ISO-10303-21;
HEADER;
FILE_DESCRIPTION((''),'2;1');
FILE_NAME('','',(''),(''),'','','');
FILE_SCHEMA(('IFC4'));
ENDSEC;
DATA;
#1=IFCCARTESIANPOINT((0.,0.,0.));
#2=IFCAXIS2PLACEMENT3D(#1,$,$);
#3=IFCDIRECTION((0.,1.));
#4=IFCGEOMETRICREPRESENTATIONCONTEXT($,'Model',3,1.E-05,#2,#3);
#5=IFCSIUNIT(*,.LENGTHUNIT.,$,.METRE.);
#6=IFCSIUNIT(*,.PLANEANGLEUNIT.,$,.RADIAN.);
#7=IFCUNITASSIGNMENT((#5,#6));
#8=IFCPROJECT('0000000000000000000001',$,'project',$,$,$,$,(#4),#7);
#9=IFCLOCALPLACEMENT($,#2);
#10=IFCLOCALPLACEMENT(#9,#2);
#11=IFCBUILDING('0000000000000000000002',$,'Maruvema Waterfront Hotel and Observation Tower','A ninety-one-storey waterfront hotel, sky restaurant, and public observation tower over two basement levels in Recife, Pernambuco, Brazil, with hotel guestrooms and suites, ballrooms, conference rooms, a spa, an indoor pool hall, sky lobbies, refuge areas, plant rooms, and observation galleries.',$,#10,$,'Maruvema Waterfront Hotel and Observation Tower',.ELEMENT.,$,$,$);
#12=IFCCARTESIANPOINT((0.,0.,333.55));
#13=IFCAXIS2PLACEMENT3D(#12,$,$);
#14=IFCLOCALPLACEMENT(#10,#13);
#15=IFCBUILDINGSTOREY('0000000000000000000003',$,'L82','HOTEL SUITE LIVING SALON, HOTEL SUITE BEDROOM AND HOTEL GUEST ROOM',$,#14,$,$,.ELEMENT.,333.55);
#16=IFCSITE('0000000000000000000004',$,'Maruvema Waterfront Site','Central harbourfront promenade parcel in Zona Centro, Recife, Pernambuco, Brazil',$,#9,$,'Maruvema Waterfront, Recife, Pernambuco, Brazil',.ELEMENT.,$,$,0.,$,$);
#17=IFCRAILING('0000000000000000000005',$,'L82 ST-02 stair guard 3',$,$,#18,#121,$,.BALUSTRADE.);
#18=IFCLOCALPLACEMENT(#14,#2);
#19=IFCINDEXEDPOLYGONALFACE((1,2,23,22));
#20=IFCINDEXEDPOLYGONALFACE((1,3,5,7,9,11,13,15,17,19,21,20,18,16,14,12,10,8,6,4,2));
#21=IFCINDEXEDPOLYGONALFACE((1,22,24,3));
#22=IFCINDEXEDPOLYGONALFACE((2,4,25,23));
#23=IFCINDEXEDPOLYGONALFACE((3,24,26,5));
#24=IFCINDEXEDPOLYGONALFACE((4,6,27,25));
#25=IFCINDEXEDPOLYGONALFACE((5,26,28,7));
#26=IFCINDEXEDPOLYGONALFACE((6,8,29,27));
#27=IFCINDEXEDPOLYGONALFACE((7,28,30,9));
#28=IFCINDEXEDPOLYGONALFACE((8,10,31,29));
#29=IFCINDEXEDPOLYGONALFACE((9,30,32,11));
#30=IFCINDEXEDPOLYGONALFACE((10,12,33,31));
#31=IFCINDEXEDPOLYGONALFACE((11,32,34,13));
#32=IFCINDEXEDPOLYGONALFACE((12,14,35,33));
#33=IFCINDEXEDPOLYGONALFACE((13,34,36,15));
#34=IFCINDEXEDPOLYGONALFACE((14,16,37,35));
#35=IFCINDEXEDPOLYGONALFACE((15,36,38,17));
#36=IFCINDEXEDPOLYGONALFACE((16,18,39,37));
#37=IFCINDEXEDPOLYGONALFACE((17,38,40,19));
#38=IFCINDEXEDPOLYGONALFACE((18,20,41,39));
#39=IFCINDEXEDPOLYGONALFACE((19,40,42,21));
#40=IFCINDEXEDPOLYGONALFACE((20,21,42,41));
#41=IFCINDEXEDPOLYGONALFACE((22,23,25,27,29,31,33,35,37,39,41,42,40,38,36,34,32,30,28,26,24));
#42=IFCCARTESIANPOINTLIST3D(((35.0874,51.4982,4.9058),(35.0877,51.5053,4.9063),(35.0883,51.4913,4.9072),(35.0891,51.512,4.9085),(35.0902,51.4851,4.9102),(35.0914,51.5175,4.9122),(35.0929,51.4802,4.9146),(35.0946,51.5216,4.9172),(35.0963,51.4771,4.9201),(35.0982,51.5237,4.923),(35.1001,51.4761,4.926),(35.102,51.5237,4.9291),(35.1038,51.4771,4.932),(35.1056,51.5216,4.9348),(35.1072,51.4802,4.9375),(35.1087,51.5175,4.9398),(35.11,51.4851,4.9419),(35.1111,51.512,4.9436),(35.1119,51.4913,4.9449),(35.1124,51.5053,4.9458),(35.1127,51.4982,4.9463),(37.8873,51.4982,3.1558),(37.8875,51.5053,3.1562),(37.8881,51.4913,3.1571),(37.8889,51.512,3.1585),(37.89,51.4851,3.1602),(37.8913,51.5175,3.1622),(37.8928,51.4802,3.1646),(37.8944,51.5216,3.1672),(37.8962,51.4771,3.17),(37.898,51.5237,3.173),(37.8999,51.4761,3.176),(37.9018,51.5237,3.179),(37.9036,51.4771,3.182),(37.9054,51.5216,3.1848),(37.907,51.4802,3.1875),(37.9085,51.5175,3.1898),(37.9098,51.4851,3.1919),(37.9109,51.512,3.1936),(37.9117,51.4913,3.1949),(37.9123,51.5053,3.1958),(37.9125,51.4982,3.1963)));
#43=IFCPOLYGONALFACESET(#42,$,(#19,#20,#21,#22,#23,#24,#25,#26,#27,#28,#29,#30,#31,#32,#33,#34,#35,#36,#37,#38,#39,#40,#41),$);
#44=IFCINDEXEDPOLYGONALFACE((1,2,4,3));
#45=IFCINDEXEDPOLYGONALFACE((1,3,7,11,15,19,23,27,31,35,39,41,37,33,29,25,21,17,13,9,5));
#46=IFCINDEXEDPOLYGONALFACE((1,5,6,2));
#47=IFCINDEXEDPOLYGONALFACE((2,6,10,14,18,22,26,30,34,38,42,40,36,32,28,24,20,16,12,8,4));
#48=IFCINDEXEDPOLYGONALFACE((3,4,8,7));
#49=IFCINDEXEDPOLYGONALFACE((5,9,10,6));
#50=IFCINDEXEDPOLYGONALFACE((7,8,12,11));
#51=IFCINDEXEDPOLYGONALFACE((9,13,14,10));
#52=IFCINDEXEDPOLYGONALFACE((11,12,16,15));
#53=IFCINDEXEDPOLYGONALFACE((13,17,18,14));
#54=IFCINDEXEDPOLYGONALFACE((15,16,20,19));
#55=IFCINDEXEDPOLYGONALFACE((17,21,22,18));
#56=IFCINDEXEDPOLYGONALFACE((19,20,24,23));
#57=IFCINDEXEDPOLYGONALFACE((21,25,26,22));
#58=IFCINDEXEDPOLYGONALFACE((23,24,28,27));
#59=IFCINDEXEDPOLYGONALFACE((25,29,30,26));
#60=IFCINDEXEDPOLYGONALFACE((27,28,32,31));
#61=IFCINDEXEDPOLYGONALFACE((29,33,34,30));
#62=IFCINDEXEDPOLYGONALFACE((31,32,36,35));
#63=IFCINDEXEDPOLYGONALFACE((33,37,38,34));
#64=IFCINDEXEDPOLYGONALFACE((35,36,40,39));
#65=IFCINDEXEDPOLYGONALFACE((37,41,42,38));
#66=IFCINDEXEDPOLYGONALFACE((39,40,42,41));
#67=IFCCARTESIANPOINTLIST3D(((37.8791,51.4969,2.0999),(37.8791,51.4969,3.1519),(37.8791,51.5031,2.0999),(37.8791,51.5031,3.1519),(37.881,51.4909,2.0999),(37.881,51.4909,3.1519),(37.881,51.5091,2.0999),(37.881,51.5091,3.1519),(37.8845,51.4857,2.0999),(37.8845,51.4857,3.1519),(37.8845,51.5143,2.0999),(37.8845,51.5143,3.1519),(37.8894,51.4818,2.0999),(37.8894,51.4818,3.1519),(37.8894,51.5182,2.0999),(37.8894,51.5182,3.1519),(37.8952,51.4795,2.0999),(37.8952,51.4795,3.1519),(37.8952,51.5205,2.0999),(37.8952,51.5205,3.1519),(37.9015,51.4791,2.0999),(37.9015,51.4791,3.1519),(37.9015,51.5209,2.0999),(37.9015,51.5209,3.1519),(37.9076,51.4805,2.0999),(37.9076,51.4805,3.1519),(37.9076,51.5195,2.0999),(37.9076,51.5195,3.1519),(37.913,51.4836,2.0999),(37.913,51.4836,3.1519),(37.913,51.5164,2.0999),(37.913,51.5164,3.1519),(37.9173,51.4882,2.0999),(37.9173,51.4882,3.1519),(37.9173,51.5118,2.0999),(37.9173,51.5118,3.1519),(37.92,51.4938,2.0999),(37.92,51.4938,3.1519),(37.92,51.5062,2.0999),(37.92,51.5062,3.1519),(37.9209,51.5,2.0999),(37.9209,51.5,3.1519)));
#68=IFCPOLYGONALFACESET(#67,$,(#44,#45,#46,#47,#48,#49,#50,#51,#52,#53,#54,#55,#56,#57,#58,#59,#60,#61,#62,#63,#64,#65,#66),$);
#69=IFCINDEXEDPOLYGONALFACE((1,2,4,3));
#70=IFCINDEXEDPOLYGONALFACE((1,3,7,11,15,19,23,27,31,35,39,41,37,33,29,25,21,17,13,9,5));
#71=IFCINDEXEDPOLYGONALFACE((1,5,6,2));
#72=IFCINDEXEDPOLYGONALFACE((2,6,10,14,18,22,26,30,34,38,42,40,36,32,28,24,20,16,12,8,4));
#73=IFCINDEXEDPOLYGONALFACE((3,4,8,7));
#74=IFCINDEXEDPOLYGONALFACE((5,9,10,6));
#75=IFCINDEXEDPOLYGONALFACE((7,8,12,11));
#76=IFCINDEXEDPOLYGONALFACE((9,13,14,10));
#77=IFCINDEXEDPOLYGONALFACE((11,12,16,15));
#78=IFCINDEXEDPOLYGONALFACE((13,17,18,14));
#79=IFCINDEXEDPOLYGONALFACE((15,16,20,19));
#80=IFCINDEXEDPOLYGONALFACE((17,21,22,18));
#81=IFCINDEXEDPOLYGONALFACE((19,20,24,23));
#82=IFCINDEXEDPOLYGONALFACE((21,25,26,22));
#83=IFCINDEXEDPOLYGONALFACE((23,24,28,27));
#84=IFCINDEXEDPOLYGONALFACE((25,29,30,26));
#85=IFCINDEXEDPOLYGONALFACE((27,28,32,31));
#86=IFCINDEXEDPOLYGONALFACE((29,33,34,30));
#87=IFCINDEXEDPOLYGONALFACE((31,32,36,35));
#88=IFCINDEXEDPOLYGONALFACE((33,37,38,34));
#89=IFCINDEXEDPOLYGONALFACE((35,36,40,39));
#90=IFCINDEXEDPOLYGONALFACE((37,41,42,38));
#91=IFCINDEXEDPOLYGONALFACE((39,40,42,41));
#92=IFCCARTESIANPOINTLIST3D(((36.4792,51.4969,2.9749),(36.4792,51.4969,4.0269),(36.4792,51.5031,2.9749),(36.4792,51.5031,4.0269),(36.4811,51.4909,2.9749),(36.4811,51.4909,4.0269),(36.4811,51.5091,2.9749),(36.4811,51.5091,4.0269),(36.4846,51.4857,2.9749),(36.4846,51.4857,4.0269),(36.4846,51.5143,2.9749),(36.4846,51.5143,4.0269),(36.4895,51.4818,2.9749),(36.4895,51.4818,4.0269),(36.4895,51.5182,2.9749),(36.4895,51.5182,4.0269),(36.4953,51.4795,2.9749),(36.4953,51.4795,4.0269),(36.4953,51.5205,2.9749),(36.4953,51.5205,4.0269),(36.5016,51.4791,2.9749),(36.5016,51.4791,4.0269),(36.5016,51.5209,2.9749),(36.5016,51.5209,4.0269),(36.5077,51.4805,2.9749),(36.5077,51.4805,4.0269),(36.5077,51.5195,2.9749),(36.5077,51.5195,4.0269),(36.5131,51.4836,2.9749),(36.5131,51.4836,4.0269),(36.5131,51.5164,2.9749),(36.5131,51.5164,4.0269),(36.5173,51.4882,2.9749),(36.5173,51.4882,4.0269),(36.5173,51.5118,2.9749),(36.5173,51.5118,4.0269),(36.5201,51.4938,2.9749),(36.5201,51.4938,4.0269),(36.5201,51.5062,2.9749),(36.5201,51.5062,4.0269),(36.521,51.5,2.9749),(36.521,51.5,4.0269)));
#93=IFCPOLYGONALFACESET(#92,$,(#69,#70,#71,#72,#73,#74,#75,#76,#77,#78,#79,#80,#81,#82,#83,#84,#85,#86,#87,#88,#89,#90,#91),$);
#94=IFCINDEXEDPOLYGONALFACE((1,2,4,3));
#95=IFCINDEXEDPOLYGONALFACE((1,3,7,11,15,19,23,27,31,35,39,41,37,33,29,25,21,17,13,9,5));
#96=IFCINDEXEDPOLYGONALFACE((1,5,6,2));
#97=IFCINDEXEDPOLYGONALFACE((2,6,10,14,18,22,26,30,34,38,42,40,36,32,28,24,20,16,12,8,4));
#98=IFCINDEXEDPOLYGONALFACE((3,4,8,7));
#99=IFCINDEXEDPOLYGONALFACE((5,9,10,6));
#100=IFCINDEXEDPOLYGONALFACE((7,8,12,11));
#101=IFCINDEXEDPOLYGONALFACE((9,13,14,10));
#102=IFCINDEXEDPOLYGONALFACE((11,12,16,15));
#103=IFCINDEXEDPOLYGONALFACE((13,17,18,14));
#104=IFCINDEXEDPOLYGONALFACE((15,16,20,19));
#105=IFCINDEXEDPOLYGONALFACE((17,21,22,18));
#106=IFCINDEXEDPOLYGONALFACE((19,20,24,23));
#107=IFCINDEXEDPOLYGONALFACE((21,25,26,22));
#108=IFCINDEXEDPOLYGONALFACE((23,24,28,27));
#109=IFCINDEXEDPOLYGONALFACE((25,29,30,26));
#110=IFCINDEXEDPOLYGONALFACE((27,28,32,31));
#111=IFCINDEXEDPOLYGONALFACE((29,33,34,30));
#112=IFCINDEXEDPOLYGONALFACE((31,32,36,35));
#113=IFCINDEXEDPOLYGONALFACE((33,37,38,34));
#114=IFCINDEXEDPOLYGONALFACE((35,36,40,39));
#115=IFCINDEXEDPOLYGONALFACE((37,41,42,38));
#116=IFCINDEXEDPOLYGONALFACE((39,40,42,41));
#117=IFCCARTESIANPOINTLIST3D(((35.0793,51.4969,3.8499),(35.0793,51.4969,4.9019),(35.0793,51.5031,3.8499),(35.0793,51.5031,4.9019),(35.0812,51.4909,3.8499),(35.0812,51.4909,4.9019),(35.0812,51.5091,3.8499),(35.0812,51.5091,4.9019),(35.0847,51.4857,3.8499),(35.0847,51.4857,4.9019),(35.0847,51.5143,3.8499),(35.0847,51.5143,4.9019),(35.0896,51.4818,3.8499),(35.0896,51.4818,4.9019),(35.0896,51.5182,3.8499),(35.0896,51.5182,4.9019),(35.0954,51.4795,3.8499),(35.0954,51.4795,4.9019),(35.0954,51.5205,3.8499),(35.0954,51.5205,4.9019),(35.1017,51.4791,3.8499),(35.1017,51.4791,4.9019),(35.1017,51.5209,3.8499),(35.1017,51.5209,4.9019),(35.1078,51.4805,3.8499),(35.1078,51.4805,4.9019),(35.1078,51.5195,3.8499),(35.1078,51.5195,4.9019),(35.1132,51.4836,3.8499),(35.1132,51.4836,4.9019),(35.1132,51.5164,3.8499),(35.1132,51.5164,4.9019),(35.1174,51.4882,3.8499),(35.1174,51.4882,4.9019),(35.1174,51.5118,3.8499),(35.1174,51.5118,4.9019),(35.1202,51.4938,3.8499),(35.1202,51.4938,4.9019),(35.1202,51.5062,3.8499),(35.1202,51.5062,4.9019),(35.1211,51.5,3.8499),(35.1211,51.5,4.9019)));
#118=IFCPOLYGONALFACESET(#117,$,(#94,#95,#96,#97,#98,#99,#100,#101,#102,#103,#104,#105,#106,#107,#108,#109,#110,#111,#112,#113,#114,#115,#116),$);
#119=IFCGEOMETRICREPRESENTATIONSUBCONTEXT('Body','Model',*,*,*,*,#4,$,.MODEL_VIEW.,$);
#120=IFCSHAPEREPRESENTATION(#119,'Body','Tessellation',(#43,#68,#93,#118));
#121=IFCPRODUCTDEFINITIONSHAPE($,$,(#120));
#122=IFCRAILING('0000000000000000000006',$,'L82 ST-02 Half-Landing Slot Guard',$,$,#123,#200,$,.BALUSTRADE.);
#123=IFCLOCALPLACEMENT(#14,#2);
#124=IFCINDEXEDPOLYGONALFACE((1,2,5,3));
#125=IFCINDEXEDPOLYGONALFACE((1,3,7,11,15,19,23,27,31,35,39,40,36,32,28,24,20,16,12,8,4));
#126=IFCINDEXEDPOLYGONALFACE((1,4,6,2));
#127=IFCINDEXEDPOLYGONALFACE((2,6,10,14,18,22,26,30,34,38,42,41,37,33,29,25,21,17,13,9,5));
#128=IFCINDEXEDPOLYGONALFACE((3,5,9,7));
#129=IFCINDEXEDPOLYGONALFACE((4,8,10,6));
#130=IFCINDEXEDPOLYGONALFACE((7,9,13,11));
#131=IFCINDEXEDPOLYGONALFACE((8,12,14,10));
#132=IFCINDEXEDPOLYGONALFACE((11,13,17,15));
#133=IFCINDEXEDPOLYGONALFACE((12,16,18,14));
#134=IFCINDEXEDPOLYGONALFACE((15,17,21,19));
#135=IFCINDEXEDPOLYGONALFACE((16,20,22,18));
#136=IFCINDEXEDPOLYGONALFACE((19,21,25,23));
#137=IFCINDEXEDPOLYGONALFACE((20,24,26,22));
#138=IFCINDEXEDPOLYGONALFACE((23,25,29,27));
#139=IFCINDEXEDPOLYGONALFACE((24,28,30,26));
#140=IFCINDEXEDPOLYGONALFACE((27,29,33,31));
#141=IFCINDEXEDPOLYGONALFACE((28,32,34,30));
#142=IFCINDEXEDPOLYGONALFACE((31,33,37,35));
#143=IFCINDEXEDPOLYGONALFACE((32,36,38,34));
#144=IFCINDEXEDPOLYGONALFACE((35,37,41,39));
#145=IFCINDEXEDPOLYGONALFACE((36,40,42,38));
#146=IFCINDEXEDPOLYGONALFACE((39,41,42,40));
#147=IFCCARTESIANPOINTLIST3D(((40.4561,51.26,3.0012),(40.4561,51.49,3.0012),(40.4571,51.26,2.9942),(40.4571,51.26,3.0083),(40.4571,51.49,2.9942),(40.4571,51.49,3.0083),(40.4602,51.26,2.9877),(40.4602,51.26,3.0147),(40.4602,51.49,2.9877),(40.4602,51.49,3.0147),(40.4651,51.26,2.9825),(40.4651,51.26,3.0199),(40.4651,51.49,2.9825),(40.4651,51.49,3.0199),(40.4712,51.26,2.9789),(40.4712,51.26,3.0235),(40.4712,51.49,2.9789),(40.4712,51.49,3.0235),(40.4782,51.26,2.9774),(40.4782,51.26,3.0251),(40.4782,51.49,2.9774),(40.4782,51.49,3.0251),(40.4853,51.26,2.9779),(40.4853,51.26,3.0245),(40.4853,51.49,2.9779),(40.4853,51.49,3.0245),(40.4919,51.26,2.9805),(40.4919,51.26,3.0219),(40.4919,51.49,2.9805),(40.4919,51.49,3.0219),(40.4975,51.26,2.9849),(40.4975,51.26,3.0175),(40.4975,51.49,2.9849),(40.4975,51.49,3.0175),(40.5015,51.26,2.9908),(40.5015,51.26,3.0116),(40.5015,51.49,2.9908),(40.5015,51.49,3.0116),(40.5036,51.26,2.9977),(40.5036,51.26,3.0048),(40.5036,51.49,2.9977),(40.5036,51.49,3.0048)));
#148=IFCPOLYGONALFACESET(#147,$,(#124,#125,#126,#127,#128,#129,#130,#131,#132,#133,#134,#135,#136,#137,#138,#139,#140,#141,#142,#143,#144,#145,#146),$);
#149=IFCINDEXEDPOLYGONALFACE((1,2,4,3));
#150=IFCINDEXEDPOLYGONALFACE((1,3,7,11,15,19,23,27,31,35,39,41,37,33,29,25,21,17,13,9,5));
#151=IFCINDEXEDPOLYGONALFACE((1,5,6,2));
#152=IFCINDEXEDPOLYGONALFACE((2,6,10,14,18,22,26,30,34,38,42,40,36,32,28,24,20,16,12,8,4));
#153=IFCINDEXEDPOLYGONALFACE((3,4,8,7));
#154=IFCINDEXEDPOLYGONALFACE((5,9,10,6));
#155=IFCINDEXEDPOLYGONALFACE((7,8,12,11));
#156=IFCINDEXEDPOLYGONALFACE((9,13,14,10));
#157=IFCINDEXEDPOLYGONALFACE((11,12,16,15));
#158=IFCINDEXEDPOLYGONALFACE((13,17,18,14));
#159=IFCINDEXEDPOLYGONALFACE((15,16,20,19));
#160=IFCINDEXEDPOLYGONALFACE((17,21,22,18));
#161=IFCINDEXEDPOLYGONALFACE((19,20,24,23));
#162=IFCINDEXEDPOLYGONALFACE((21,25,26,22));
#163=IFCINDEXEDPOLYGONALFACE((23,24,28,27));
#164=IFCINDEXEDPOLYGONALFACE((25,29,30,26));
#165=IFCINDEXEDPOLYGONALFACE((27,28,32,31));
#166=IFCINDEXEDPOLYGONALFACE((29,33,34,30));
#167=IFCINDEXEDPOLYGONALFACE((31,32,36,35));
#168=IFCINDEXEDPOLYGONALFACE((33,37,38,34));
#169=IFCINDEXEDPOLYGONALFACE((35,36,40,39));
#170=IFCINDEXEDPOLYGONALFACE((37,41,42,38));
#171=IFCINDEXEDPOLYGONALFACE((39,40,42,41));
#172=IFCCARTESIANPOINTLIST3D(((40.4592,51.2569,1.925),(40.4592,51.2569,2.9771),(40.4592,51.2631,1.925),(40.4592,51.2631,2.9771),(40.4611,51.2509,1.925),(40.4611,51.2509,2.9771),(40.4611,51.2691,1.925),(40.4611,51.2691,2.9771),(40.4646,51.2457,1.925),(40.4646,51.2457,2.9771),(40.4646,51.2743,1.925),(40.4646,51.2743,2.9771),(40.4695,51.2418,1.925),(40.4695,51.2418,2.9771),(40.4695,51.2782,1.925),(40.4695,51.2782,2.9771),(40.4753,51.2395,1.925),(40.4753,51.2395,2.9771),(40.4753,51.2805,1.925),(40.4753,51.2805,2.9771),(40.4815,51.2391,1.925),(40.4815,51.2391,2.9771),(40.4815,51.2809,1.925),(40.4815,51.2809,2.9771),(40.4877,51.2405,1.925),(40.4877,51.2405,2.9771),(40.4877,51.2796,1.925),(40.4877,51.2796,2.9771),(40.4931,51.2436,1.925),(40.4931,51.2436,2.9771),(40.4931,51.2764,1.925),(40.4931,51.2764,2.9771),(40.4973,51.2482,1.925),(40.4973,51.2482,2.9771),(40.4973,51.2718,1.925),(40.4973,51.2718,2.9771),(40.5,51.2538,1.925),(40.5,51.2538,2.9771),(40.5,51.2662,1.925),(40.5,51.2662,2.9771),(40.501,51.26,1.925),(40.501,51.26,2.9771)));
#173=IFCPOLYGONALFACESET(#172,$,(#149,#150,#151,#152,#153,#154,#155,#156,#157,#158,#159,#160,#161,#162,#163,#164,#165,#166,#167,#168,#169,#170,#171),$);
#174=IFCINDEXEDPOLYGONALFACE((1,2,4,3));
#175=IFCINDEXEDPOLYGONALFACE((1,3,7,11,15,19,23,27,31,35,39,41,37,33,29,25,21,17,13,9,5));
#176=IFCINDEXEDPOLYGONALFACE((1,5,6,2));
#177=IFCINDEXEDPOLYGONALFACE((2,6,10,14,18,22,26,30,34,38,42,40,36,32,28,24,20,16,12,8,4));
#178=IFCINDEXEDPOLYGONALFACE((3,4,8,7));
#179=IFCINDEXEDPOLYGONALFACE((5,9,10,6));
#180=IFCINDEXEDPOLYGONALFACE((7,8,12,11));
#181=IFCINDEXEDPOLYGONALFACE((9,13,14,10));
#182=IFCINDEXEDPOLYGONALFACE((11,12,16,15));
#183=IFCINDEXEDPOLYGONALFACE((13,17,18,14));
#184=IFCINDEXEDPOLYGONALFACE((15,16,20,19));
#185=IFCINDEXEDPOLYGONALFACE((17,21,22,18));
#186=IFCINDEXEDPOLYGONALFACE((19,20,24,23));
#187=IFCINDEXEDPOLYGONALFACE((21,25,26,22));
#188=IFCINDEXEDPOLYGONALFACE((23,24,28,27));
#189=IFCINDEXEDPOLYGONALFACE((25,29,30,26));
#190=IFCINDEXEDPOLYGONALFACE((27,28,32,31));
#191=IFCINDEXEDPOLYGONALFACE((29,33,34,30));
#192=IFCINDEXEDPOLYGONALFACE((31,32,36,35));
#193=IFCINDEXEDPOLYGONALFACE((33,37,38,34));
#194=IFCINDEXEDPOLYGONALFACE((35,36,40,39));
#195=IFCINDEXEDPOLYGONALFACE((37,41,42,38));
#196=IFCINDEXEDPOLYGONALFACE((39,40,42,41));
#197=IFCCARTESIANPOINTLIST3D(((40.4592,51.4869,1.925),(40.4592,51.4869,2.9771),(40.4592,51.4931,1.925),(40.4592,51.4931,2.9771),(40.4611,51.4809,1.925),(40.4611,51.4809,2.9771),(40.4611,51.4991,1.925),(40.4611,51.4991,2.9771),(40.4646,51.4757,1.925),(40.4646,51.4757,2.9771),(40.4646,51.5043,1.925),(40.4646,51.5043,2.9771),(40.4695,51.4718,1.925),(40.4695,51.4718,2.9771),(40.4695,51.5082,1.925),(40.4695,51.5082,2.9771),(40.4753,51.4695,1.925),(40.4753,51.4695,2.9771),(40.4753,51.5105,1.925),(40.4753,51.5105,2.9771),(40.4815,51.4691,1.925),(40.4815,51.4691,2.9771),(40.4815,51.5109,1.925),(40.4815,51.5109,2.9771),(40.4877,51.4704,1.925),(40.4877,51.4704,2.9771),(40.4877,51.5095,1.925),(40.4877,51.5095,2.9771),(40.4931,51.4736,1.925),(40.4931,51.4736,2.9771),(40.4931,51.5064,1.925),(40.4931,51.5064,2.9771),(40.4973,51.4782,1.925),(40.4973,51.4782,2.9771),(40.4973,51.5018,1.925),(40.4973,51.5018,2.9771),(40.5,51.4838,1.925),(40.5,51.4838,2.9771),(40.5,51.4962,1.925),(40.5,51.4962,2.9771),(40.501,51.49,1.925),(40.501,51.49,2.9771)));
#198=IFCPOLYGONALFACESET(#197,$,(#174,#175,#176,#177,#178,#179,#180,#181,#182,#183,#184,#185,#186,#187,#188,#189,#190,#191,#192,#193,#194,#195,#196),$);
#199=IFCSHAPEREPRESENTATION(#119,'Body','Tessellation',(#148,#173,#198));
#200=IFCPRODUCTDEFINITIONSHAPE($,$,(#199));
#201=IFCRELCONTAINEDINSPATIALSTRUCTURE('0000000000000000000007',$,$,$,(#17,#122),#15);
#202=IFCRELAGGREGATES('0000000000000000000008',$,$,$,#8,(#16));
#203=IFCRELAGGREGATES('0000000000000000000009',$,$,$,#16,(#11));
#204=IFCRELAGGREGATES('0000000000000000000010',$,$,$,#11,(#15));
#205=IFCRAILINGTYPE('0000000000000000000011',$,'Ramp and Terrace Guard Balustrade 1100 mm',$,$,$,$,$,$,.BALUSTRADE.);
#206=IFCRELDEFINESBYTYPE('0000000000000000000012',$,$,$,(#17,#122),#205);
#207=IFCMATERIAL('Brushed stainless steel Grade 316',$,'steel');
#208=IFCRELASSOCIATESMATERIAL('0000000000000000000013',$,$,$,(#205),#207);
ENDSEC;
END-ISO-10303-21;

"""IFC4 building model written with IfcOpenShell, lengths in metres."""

from ifc_helpers import new_model, si_unit, direction, frame, origin, origin_2d, place, context, subcontext, project, spatial, circle, extrude, material, type_object, element, save


model = new_model("IFC4")

# Units and contexts
model_context = context("Model", 3, precision=1e-05, world=origin(), true_north=direction((0.0, 1.0)))
body_context = subcontext(model_context, "Body", "Model", "MODEL_VIEW")
ifc_project = project(units=[si_unit("LENGTHUNIT", "METRE"), si_unit("PLANEANGLEUNIT", "RADIAN")], contexts=[model_context])

# Site, building, storey
site_placement = place(None, origin())
site = spatial("IfcSite", under=ifc_project, at=site_placement, Name="Maruvema Waterfront Site", Description="Central harbourfront promenade parcel in Zona Centro, Recife, Pernambuco, Brazil", LongName="Maruvema Waterfront, Recife, Pernambuco, Brazil", CompositionType="ELEMENT", RefElevation=0.0)
building_placement = place(site_placement, origin())
building = spatial("IfcBuilding", under=site, at=building_placement, Name="Maruvema Waterfront Hotel and Observation Tower", Description="A ninety-one-storey waterfront hotel, sky restaurant, and public observation tower over two basement levels in Recife, Pernambuco, Brazil, with hotel guestrooms and suites, ballrooms, conference rooms, a spa, an indoor pool hall, sky lobbies, refuge areas, plant rooms, and observation galleries.", LongName="Maruvema Waterfront Hotel and Observation Tower", CompositionType="ELEMENT")
storey_placement = place(building_placement, frame((0.0, 0.0, 333.55)))
storey = spatial("IfcBuildingStorey", under=building, at=storey_placement, Name="L82", Description="HOTEL SUITE LIVING SALON, HOTEL SUITE BEDROOM AND HOTEL GUEST ROOM", CompositionType="ELEMENT", Elevation=333.55)

# Railings
ifc_material_1 = material(Name="Brushed stainless steel Grade 316", Category="steel")
railing_type_1 = type_object("IfcRailingType", Name="Ramp and Terrace Guard Balustrade 1100 mm", PredefinedType="BALUSTRADE", material=ifc_material_1)
railing_1_placement = place(storey_placement, frame((37.8999, 51.5, 2.0999)))
element("IfcRailing", 1, at=railing_1_placement, inside=storey, type_object=railing_type_1, Name="L82 ST-02 stair guard 3", PredefinedType="BALUSTRADE", context=body_context, shape_type="SweptSolid", body=[
    extrude(circle(Radius=0.0239, at=origin_2d()), frame((0.0, 0.0, 1.0762), z_axis=(-0.847982, 0.0, 0.530026), x_axis=(0.0, -1.0, 0.0)), (0.0, 0.0, 1.0), 3.3018),
    extrude(circle(Radius=0.021, at=origin_2d()), origin(), (0.0, 0.0, 1.0), 1.052),
    extrude(circle(Radius=0.021, at=origin_2d()), frame((-1.3999, 0.0, 0.875)), (0.0, 0.0, 1.0), 1.052),
    extrude(circle(Radius=0.021, at=origin_2d()), frame((-2.7998, 0.0, 1.75)), (0.0, 0.0, 1.0), 1.052),
])
railing_2_placement = place(storey_placement, frame((40.48, 51.26, 1.925)))
element("IfcRailing", 2, at=railing_2_placement, inside=storey, type_object=railing_type_1, Name="L82 ST-02 Half-Landing Slot Guard", PredefinedType="BALUSTRADE", context=body_context, shape_type="SweptSolid", body=[
    extrude(circle(Radius=0.0239, at=origin_2d()), frame((0.0, 0.0, 1.0762), z_axis=(0.0, 1.0, 0.0), x_axis=(-1.0, 0.0, 0.0)), (0.0, 0.0, 1.0), 0.23),
    extrude(circle(Radius=0.021, at=origin_2d()), origin(), (0.0, 0.0, 1.0), 1.052),
    extrude(circle(Radius=0.021, at=origin_2d()), frame((0.0, 0.23, 0.0)), (0.0, 0.0, 1.0), 1.052),
])

save(model, "model.ifc")
